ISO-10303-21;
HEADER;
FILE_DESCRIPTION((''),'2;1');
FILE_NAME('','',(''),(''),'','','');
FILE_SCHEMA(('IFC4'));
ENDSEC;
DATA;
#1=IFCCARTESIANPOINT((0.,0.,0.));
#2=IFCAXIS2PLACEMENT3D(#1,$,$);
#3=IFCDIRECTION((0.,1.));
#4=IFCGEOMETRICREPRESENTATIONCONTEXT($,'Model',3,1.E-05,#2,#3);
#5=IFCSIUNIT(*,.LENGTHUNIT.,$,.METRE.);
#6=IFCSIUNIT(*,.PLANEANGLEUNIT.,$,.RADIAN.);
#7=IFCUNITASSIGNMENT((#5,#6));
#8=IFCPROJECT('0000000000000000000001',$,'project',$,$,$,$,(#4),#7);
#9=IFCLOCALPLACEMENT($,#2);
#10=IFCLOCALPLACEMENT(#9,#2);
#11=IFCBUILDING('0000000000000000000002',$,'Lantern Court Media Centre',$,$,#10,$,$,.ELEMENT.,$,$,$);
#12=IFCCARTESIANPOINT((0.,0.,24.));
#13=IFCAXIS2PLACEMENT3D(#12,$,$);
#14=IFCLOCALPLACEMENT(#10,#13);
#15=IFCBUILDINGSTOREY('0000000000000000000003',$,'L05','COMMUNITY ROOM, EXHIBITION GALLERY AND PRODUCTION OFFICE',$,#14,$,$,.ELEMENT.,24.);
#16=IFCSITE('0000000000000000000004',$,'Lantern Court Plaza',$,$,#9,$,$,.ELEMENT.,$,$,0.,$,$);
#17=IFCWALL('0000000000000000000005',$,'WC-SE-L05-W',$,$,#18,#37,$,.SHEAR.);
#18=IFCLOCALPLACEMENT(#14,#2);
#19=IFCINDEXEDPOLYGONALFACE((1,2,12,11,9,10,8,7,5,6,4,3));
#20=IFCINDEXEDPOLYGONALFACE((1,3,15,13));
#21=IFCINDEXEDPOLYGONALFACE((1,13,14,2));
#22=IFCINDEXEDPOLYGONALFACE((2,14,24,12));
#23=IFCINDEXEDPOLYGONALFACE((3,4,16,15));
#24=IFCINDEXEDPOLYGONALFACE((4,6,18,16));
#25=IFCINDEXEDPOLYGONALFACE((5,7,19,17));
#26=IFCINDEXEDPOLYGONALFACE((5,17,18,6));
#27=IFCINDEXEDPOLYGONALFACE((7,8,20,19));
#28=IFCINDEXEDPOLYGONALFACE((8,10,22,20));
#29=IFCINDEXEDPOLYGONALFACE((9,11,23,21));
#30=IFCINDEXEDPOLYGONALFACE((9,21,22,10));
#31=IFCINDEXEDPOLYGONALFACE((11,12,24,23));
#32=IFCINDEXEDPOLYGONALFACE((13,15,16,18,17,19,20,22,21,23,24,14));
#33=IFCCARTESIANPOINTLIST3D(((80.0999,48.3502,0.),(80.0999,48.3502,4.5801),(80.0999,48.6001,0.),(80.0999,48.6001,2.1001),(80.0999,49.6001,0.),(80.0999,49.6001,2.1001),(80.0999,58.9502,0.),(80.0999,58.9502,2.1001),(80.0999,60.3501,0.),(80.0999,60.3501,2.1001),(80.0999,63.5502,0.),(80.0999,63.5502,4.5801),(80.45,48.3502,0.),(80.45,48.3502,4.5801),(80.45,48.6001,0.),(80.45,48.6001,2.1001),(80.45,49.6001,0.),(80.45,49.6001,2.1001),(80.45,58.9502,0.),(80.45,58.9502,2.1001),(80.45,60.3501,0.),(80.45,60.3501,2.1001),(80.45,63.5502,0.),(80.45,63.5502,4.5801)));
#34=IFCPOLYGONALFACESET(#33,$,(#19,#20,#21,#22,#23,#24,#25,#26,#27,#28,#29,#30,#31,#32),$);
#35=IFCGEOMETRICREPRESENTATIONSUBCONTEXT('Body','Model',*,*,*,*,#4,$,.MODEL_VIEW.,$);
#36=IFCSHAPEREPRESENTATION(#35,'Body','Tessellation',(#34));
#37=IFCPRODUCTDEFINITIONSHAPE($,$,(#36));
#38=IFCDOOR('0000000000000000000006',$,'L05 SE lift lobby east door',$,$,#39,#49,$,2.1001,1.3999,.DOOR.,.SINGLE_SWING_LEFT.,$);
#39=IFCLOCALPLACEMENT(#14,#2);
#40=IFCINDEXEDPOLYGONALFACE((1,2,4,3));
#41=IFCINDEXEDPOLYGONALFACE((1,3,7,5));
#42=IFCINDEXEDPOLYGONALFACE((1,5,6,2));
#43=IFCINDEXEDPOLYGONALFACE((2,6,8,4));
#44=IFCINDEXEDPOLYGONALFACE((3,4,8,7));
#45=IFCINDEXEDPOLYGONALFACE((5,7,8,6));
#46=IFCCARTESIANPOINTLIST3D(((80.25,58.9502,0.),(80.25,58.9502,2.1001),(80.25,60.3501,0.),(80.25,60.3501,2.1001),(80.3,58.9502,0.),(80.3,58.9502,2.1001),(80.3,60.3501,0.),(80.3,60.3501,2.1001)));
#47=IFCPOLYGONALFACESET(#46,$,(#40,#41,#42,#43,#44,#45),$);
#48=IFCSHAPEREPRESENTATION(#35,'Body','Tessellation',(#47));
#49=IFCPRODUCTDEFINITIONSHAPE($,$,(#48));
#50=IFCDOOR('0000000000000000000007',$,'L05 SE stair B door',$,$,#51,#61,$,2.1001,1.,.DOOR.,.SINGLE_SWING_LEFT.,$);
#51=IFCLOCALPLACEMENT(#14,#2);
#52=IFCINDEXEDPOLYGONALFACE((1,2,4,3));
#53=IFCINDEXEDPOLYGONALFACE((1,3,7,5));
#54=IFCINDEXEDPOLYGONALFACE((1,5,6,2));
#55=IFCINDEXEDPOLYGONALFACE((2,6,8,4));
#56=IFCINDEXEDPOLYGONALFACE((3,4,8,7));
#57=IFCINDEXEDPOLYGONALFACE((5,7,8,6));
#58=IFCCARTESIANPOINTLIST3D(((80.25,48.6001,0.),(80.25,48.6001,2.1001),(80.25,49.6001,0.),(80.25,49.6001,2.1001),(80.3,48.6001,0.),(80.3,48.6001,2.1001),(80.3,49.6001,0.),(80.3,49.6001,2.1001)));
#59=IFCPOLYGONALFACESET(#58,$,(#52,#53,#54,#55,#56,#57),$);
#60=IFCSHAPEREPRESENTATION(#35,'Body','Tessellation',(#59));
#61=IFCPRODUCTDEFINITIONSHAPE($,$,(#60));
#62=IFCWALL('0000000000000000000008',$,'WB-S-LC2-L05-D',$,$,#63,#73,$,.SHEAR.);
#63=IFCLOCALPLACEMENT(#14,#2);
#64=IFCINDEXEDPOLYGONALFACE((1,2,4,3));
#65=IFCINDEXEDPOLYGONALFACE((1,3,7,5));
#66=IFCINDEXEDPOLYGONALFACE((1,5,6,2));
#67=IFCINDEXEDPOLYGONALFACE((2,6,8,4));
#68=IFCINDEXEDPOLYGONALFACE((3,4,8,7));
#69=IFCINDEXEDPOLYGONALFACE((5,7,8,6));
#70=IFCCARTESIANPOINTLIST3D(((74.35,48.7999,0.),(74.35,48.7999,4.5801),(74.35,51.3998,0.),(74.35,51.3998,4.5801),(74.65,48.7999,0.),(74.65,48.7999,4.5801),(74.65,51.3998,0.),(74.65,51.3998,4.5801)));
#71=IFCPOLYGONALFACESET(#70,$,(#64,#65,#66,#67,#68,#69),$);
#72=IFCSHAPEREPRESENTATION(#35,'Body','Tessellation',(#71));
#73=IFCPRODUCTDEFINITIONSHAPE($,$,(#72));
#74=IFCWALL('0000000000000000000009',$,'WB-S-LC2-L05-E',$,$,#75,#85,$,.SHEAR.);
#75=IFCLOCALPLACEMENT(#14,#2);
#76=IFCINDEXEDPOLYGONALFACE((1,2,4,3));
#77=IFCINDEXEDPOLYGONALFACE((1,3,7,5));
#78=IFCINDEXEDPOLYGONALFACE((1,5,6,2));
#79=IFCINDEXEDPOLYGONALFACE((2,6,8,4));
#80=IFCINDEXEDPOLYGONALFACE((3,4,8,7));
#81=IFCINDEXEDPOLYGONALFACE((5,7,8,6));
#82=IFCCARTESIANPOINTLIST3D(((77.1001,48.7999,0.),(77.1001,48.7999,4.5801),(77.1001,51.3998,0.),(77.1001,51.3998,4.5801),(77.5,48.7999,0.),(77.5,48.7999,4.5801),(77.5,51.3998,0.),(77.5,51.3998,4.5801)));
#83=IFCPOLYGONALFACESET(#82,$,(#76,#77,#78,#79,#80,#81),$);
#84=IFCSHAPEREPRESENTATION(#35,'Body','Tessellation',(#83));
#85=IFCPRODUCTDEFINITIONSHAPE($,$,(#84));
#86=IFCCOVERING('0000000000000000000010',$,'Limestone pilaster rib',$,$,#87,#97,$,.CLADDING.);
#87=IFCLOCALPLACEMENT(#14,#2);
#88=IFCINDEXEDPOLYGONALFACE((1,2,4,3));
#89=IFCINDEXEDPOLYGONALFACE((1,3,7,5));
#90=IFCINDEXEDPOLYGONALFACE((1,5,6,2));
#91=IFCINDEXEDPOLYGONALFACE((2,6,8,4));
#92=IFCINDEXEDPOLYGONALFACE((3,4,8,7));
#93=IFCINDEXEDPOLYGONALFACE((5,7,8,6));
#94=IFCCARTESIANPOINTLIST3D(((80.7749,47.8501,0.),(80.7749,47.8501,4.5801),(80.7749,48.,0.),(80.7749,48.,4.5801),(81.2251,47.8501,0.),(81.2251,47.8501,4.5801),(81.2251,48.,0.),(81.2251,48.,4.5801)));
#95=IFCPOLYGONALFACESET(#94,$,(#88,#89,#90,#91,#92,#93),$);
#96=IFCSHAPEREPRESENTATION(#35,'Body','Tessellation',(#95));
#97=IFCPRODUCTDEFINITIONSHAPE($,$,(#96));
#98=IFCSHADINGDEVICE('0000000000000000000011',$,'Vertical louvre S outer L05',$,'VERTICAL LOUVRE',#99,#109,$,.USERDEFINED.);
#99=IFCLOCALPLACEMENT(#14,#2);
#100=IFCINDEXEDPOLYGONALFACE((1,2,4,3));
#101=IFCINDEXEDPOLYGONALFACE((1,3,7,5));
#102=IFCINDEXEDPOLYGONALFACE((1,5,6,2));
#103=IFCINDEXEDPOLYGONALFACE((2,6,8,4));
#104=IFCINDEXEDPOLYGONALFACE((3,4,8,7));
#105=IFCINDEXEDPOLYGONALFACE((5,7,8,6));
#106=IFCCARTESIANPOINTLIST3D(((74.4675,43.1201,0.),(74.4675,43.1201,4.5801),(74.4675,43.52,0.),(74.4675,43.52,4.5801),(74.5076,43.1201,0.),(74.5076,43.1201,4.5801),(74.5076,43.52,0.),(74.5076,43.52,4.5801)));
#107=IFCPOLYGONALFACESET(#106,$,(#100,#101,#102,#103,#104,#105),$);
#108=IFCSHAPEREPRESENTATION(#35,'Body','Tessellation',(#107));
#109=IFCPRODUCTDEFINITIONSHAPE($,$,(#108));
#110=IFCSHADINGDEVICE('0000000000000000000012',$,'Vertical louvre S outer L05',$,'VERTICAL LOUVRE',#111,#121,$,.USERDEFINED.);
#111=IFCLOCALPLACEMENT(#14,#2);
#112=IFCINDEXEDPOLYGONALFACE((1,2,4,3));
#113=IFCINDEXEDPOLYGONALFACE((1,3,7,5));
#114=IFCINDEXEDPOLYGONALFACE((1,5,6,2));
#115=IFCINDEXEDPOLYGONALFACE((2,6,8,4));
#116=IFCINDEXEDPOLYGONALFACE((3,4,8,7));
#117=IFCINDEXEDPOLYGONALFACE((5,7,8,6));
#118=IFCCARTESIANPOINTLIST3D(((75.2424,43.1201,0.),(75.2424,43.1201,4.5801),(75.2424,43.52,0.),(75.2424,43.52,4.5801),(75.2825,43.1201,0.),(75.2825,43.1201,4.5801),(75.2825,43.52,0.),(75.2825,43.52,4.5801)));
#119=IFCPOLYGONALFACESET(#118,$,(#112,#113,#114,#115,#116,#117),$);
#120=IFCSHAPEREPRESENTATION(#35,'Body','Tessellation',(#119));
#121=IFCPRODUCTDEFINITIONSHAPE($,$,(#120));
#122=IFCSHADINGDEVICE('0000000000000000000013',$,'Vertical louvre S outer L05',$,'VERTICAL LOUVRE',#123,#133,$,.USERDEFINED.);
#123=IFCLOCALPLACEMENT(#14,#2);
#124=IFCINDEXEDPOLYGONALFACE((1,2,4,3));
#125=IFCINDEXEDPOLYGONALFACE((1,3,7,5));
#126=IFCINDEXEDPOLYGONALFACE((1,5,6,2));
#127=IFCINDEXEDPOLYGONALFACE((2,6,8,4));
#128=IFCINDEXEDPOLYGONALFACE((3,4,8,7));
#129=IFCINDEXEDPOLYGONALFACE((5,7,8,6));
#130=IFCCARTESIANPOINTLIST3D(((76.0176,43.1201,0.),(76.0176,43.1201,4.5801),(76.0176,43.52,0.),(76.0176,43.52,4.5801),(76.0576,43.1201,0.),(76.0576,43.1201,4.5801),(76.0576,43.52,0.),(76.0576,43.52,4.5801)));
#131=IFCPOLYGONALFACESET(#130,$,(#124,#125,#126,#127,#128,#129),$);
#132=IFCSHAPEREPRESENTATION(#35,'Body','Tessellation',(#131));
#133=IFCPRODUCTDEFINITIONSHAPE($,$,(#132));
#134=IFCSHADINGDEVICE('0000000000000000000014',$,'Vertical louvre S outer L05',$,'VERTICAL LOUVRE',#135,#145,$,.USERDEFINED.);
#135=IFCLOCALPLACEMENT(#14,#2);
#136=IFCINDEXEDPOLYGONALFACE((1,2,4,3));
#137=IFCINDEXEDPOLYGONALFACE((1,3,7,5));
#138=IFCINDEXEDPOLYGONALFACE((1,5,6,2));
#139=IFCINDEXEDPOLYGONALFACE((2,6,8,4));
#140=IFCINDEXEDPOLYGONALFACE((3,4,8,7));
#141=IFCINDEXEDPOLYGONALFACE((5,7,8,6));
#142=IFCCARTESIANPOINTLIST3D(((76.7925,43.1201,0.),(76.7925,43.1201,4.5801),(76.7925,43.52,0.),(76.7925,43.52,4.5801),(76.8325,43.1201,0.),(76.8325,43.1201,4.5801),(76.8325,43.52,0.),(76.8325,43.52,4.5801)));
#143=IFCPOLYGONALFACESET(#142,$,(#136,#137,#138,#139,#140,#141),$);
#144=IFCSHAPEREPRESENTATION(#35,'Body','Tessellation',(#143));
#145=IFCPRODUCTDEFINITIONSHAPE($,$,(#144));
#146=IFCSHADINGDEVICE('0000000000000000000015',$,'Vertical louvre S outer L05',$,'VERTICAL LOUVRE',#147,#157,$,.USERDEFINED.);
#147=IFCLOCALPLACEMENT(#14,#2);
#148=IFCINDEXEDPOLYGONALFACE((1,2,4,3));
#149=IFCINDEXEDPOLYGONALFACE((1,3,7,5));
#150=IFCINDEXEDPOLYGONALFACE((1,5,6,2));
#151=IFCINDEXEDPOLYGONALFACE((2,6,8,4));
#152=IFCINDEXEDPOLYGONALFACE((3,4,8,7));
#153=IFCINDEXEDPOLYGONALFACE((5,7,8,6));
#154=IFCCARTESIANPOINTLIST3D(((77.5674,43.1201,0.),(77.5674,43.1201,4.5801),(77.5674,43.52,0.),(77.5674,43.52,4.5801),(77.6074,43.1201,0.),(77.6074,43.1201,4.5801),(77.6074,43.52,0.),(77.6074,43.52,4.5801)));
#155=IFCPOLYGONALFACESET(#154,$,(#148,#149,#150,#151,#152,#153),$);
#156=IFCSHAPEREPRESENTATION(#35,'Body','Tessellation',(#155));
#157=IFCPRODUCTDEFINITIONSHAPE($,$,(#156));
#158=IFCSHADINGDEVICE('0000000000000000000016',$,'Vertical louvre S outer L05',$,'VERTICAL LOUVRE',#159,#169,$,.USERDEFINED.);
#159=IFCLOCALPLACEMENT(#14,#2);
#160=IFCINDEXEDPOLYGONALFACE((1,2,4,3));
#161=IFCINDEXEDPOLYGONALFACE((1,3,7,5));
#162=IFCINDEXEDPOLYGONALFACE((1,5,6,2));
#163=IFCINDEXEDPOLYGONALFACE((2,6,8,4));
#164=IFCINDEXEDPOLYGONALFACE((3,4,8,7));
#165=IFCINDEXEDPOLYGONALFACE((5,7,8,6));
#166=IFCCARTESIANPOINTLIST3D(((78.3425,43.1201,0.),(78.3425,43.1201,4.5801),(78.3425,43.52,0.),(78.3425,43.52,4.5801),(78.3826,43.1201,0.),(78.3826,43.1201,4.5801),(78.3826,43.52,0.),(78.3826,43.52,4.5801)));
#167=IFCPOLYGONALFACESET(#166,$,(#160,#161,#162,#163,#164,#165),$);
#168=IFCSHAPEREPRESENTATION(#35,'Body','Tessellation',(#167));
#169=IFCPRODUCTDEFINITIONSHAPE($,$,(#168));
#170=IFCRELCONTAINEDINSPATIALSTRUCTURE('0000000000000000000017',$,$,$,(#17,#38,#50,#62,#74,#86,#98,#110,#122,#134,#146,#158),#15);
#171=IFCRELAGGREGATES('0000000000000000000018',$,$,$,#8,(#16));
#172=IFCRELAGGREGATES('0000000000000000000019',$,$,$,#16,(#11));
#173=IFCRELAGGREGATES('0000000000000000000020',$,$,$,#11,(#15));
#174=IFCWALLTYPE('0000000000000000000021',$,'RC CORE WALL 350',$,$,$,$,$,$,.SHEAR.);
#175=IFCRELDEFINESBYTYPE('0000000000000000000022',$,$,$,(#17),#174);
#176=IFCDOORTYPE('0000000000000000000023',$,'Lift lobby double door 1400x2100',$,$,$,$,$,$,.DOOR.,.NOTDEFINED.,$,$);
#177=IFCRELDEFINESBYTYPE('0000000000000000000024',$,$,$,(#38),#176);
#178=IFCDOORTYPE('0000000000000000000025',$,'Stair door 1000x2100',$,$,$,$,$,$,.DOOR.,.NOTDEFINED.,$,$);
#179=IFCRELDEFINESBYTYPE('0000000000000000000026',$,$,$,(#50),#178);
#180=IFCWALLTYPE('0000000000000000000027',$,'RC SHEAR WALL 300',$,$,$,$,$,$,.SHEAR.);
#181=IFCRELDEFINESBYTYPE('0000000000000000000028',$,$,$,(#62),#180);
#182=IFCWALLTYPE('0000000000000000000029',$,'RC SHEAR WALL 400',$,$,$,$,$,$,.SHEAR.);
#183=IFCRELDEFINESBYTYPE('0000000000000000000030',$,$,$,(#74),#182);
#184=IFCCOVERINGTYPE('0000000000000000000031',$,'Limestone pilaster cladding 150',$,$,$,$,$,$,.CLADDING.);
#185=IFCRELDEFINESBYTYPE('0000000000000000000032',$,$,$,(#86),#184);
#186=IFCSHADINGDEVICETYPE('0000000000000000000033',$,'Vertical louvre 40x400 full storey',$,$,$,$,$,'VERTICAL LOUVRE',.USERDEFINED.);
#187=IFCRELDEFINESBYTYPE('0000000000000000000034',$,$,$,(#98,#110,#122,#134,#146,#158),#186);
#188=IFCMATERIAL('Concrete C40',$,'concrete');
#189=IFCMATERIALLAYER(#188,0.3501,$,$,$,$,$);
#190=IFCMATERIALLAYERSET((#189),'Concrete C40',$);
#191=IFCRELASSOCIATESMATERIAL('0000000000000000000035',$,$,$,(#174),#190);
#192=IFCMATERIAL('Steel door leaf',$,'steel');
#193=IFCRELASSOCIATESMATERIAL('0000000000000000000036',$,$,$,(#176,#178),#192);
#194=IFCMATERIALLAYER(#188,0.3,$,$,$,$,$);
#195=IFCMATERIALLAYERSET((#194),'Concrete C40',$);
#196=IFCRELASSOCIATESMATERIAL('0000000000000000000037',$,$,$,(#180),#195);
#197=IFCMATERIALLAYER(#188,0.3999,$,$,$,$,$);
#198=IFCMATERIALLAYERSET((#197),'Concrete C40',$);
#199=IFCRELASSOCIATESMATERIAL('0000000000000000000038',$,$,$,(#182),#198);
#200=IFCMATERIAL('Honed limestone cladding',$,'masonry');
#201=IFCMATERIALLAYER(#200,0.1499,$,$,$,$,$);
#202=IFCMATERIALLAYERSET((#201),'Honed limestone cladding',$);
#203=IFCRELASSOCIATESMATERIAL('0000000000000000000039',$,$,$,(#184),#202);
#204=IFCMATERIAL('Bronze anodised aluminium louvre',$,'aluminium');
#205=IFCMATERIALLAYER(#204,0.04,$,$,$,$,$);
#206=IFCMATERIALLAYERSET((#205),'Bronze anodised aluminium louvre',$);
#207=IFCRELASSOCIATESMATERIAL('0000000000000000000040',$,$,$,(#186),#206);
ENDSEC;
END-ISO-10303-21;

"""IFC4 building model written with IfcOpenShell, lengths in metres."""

from ifc_helpers import new_model, si_unit, direction, frame, frame_2d, origin, origin_2d, place, context, subcontext, project, spatial, rectangle, extrude, material, layer, layer_set, type_object, element, fill, save


model = new_model("IFC4")

# Units and contexts
model_context = context("Model", 3, precision=1e-05, world=origin(), true_north=direction((0.0, 1.0)))
body_context = subcontext(model_context, "Body", "Model", "MODEL_VIEW")
ifc_project = project(units=[si_unit("LENGTHUNIT", "METRE"), si_unit("PLANEANGLEUNIT", "RADIAN")], contexts=[model_context])

# Site, building, storey
site_placement = place(None, origin())
site = spatial("IfcSite", under=ifc_project, at=site_placement, Name="Lantern Court Plaza", CompositionType="ELEMENT", RefElevation=0.0)
building_placement = place(site_placement, origin())
building = spatial("IfcBuilding", under=site, at=building_placement, Name="Lantern Court Media Centre", CompositionType="ELEMENT")
storey_placement = place(building_placement, frame((0.0, 0.0, 24.0)))
storey = spatial("IfcBuildingStorey", under=building, at=storey_placement, Name="L05", Description="COMMUNITY ROOM, EXHIBITION GALLERY AND PRODUCTION OFFICE", CompositionType="ELEMENT", Elevation=24.0)

# Shared definitions
ifc_material_1 = material(Name="Concrete C40", Category="concrete")
ifc_layer_1 = layer(ifc_material_1, 0.3501)
ifc_layer_set_1 = layer_set([ifc_layer_1], Name="Concrete C40")
wall_type_1 = type_object("IfcWallType", Name="RC CORE WALL 350", PredefinedType="SHEAR", material=ifc_layer_set_1)

# Wall, openings, doors
wall_1_placement = place(storey_placement, frame((80.2749, 48.3501, 0.0), z_axis=(0.0, 0.0, 1.0), x_axis=(0.0, 1.0, 0.0)))
wall_1 = element("IfcWall", 1, at=wall_1_placement, inside=storey, type_object=wall_type_1, Name="WC-SE-L05-W", PredefinedType="SHEAR", context=body_context, shape_type="SweptSolid", body=[
    extrude(rectangle(XDim=15.2, YDim=0.3501, at=frame_2d((7.6001, 0.0))), origin(), (0.0, 0.0, 1.0), 4.5801),
])
opening_1_placement = place(wall_1_placement, frame((0.25, 0.0, 0.0)))
opening_1 = element("IfcOpeningElement", 2, at=opening_1_placement, cuts=wall_1, PredefinedType="OPENING", context=body_context, shape_type="SweptSolid", body=[
    extrude(rectangle(XDim=1.0, YDim=2.1001, at=frame_2d((0.5, 1.05))), frame((0.0, 0.1851, 0.0), z_axis=(0.0, -1.0, 0.0), x_axis=(1.0, 0.0, 0.0)), (0.0, 0.0, 1.0), 0.3701),
])
opening_2_placement = place(wall_1_placement, frame((10.6001, 0.0, 0.0)))
opening_2 = element("IfcOpeningElement", 3, at=opening_2_placement, cuts=wall_1, PredefinedType="OPENING", context=body_context, shape_type="SweptSolid", body=[
    extrude(rectangle(XDim=1.3999, YDim=2.1001, at=frame_2d((0.7, 1.05))), frame((0.0, 0.1851, 0.0), z_axis=(0.0, -1.0, 0.0), x_axis=(1.0, 0.0, 0.0)), (0.0, 0.0, 1.0), 0.3701),
])
ifc_material_2 = material(Name="Steel door leaf", Category="steel")
door_type_1 = type_object("IfcDoorType", Name="Lift lobby double door 1400x2100", OperationType="NOTDEFINED", PredefinedType="DOOR", material=ifc_material_2)
door_1_placement = place(opening_2_placement, origin())
door_1 = element("IfcDoor", 4, at=door_1_placement, inside=storey, type_object=door_type_1, Name="L05 SE lift lobby east door", OperationType="SINGLE_SWING_LEFT", OverallHeight=2.1001, OverallWidth=1.3999, PredefinedType="DOOR", context=body_context, shape_type="SweptSolid", body=[
    extrude(rectangle(XDim=1.3999, YDim=2.1001, at=frame_2d((0.7, 1.05))), frame((0.0, 0.0249, 0.0), z_axis=(0.0, -1.0, 0.0), x_axis=(1.0, 0.0, 0.0)), (0.0, 0.0, 1.0), 0.05),
])
fill(opening_2, door_1)
door_type_2 = type_object("IfcDoorType", Name="Stair door 1000x2100", OperationType="NOTDEFINED", PredefinedType="DOOR", material=ifc_material_2)
door_2_placement = place(opening_1_placement, origin())
door_2 = element("IfcDoor", 5, at=door_2_placement, inside=storey, type_object=door_type_2, Name="L05 SE stair B door", OperationType="SINGLE_SWING_LEFT", OverallHeight=2.1001, OverallWidth=1.0, PredefinedType="DOOR", context=body_context, shape_type="SweptSolid", body=[
    extrude(rectangle(XDim=1.0, YDim=2.1001, at=frame_2d((0.5, 1.05))), frame((0.0, 0.0249, 0.0), z_axis=(0.0, -1.0, 0.0), x_axis=(1.0, 0.0, 0.0)), (0.0, 0.0, 1.0), 0.05),
])
fill(opening_1, door_2)

# Walls
ifc_layer_2 = layer(ifc_material_1, 0.3)
ifc_layer_set_2 = layer_set([ifc_layer_2], Name="Concrete C40")
wall_type_2 = type_object("IfcWallType", Name="RC SHEAR WALL 300", PredefinedType="SHEAR", material=ifc_layer_set_2)
wall_2_placement = place(storey_placement, frame((74.5, 48.8, 0.0), z_axis=(0.0, 0.0, 1.0), x_axis=(0.0, 1.0, 0.0)))
element("IfcWall", 6, at=wall_2_placement, inside=storey, type_object=wall_type_2, Name="WB-S-LC2-L05-D", PredefinedType="SHEAR", context=body_context, shape_type="SweptSolid", body=[
    extrude(rectangle(XDim=2.5999, YDim=0.3, at=frame_2d((1.2998, 0.0))), origin(), (0.0, 0.0, 1.0), 4.5801),
])
ifc_layer_3 = layer(ifc_material_1, 0.3999)
ifc_layer_set_3 = layer_set([ifc_layer_3], Name="Concrete C40")
wall_type_3 = type_object("IfcWallType", Name="RC SHEAR WALL 400", PredefinedType="SHEAR", material=ifc_layer_set_3)
wall_3_placement = place(storey_placement, frame((77.3, 48.8, 0.0), z_axis=(0.0, 0.0, 1.0), x_axis=(0.0, 1.0, 0.0)))
element("IfcWall", 7, at=wall_3_placement, inside=storey, type_object=wall_type_3, Name="WB-S-LC2-L05-E", PredefinedType="SHEAR", context=body_context, shape_type="SweptSolid", body=[
    extrude(rectangle(XDim=2.5999, YDim=0.3999, at=frame_2d((1.2998, 0.0))), origin(), (0.0, 0.0, 1.0), 4.5801),
])

# Covering
ifc_material_3 = material(Name="Honed limestone cladding", Category="masonry")
ifc_layer_4 = layer(ifc_material_3, 0.1499)
ifc_layer_set_4 = layer_set([ifc_layer_4], Name="Honed limestone cladding")
covering_type = type_object("IfcCoveringType", Name="Limestone pilaster cladding 150", PredefinedType="CLADDING", material=ifc_layer_set_4)
covering_placement = place(storey_placement, frame((80.7749, 47.925, 0.0), z_axis=(0.0, 0.0, 1.0), x_axis=(1.0, 0.0, 0.0)))
element("IfcCovering", 8, at=covering_placement, inside=storey, type_object=covering_type, Name="Limestone pilaster rib", PredefinedType="CLADDING", context=body_context, shape_type="SweptSolid", body=[
    extrude(rectangle(XDim=0.4502, YDim=0.1499, at=frame_2d((0.2251, 0.0))), origin(), (0.0, 0.0, 1.0), 4.5801),
])

# Shading devices
ifc_material_4 = material(Name="Bronze anodised aluminium louvre", Category="aluminium")
ifc_layer_5 = layer(ifc_material_4, 0.04)
ifc_layer_set_5 = layer_set([ifc_layer_5], Name="Bronze anodised aluminium louvre")
shading_device_type = type_object("IfcShadingDeviceType", Name="Vertical louvre 40x400 full storey", ElementType="VERTICAL LOUVRE", PredefinedType="USERDEFINED", material=ifc_layer_set_5)
for number, where, z_axis, x_axis, name in (
    (9, (74.4875, 43.3201, 0.0), (0.0, 0.0, 1.0), (1.0, 0.0, 0.0), "Vertical louvre S outer L05"),
    (10, (75.2625, 43.3201, 0.0), (0.0, 0.0, 1.0), (1.0, 0.0, 0.0), "Vertical louvre S outer L05"),
    (11, (76.0376, 43.3201, 0.0), (0.0, 0.0, 1.0), (1.0, 0.0, 0.0), "Vertical louvre S outer L05"),
    (12, (76.8125, 43.3201, 0.0), (0.0, 0.0, 1.0), (1.0, 0.0, 0.0), "Vertical louvre S outer L05"),
    (13, (77.5874, 43.3201, 0.0), (0.0, 0.0, 1.0), (1.0, 0.0, 0.0), "Vertical louvre S outer L05"),
    (14, (78.3625, 43.3201, 0.0), (0.0, 0.0, 1.0), (1.0, 0.0, 0.0), "Vertical louvre S outer L05"),
):
    element("IfcShadingDevice", number, at=place(storey_placement, frame(where, z_axis=z_axis, x_axis=x_axis)), inside=storey, type_object=shading_device_type, Name=name, ObjectType="VERTICAL LOUVRE", PredefinedType="USERDEFINED", context=body_context, shape_type="SweptSolid", body=[
        extrude(rectangle(XDim=0.04, YDim=0.3999, at=origin_2d()), origin(), (0.0, 0.0, 1.0), 4.5801),
    ])

save(model, "model.ifc")
